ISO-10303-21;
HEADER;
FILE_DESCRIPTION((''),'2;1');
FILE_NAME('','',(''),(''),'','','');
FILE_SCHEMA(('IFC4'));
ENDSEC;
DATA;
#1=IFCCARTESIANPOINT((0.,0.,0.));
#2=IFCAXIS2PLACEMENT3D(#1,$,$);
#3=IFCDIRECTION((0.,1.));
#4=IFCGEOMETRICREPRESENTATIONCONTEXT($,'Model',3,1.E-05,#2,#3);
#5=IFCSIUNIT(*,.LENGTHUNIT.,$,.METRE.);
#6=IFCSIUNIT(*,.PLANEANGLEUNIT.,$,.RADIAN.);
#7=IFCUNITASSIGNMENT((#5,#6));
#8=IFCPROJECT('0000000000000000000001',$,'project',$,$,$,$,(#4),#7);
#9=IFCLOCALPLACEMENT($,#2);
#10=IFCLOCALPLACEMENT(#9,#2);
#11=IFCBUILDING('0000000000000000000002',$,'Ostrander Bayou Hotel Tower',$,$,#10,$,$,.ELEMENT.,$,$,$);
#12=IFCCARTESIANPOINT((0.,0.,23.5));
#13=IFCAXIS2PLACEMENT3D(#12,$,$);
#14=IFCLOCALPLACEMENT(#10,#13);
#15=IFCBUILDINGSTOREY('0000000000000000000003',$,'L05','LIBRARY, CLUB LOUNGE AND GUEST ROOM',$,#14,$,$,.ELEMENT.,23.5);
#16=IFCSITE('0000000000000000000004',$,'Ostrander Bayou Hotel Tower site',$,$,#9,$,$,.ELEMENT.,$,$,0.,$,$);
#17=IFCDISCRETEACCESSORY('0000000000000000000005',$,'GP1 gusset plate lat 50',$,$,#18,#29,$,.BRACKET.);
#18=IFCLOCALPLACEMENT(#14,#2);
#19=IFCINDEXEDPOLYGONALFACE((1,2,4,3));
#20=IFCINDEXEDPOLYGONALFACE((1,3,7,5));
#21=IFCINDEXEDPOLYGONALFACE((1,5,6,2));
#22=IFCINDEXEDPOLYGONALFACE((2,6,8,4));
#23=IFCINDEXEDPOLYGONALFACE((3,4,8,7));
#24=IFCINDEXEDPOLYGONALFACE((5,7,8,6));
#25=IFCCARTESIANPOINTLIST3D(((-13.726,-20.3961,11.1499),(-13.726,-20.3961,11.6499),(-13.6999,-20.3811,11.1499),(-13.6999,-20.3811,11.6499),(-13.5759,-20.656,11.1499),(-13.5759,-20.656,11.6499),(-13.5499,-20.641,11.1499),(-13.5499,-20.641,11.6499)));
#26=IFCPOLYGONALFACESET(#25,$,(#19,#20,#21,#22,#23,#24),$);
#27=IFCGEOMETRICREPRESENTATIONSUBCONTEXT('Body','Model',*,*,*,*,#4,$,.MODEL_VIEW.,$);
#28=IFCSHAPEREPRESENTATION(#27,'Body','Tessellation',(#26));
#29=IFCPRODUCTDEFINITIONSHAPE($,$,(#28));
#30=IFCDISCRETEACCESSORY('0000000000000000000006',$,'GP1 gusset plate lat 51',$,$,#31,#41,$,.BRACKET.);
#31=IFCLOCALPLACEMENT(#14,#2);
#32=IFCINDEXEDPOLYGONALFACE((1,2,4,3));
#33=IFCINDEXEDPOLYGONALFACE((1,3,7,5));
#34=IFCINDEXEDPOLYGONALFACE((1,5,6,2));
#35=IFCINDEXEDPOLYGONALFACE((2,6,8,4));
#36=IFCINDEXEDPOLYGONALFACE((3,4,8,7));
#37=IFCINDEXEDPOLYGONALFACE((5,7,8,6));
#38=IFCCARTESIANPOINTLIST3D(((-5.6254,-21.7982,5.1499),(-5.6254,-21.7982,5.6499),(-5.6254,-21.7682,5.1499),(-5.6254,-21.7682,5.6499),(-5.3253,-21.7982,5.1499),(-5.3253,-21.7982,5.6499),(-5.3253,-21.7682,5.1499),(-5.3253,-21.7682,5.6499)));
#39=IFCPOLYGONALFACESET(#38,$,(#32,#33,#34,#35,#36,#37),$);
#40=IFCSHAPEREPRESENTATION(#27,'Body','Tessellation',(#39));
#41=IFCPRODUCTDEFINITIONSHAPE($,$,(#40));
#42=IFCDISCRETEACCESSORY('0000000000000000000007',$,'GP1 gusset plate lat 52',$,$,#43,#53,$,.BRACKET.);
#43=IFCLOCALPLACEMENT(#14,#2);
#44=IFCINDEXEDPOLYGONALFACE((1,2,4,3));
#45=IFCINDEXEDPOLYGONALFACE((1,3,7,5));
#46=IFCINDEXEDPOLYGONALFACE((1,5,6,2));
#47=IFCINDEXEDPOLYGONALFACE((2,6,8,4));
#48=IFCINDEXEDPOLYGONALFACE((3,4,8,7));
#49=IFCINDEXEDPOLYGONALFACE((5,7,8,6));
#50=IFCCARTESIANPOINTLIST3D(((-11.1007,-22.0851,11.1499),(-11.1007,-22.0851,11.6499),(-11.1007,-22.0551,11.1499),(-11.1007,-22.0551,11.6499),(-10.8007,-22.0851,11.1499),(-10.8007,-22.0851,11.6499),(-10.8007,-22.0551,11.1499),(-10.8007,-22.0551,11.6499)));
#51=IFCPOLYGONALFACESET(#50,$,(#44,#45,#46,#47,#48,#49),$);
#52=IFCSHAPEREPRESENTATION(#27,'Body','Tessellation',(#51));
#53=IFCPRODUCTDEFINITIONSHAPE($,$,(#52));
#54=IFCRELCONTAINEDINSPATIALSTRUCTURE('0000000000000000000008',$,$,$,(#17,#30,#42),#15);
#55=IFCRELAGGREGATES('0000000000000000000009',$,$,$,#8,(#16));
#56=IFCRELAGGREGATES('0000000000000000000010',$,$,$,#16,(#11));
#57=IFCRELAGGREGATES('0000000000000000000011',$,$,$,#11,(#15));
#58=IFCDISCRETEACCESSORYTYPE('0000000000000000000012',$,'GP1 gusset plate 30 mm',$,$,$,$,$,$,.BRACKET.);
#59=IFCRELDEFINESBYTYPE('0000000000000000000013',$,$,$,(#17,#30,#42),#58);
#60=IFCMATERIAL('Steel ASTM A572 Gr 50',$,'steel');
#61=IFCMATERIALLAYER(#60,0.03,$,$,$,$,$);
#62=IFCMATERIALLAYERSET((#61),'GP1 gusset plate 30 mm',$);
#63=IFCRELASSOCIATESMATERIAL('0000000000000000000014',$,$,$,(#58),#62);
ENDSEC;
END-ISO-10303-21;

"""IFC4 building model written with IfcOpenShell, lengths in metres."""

from ifc_helpers import new_model, si_unit, direction, frame, origin, origin_2d, place, context, subcontext, project, spatial, rectangle, extrude, material, layer, layer_set, type_object, element, save


model = new_model("IFC4")

# Units and contexts
model_context = context("Model", 3, precision=1e-05, world=origin(), true_north=direction((0.0, 1.0)))
body_context = subcontext(model_context, "Body", "Model", "MODEL_VIEW")
ifc_project = project(units=[si_unit("LENGTHUNIT", "METRE"), si_unit("PLANEANGLEUNIT", "RADIAN")], contexts=[model_context])

# Site, building, storey
site_placement = place(None, origin())
site = spatial("IfcSite", under=ifc_project, at=site_placement, Name="Ostrander Bayou Hotel Tower site", CompositionType="ELEMENT", RefElevation=0.0)
building_placement = place(site_placement, origin())
building = spatial("IfcBuilding", under=site, at=building_placement, Name="Ostrander Bayou Hotel Tower", CompositionType="ELEMENT")
storey_placement = place(building_placement, frame((0.0, 0.0, 23.5)))
storey = spatial("IfcBuildingStorey", under=building, at=storey_placement, Name="L05", Description="LIBRARY, CLUB LOUNGE AND GUEST ROOM", CompositionType="ELEMENT", Elevation=23.5)

# Discrete accessories
ifc_material_1 = material(Name="Steel ASTM A572 Gr 50", Category="steel")
ifc_layer_1 = layer(ifc_material_1, 0.03)
ifc_layer_set_1 = layer_set([ifc_layer_1], Name="GP1 gusset plate 30 mm")
discrete_accessory_type = type_object("IfcDiscreteAccessoryType", Name="GP1 gusset plate 30 mm", PredefinedType="BRACKET", material=ifc_layer_set_1)
for number, where, z_axis, x_axis, name in (
    (1, (-13.6379, -20.5186, 11.1499), (0.0, 0.0, 1.0), (0.5, -0.866025, 0.0), "GP1 gusset plate lat 50"),
    (2, (-5.4753, -21.7832, 5.1499), (0.0, 0.0, 1.0), (1.0, 0.0, 0.0), "GP1 gusset plate lat 51"),
    (3, (-10.9507, -22.0701, 11.1499), (0.0, 0.0, 1.0), (1.0, 0.0, 0.0), "GP1 gusset plate lat 52"),
):
    element("IfcDiscreteAccessory", number, at=place(storey_placement, frame(where, z_axis=z_axis, x_axis=x_axis)), inside=storey, type_object=discrete_accessory_type, Name=name, PredefinedType="BRACKET", context=body_context, shape_type="SweptSolid", body=[
        extrude(rectangle(XDim=0.3, YDim=0.03, at=origin_2d()), origin(), (0.0, 0.0, 1.0), 0.5),
    ])

save(model, "model.ifc")
